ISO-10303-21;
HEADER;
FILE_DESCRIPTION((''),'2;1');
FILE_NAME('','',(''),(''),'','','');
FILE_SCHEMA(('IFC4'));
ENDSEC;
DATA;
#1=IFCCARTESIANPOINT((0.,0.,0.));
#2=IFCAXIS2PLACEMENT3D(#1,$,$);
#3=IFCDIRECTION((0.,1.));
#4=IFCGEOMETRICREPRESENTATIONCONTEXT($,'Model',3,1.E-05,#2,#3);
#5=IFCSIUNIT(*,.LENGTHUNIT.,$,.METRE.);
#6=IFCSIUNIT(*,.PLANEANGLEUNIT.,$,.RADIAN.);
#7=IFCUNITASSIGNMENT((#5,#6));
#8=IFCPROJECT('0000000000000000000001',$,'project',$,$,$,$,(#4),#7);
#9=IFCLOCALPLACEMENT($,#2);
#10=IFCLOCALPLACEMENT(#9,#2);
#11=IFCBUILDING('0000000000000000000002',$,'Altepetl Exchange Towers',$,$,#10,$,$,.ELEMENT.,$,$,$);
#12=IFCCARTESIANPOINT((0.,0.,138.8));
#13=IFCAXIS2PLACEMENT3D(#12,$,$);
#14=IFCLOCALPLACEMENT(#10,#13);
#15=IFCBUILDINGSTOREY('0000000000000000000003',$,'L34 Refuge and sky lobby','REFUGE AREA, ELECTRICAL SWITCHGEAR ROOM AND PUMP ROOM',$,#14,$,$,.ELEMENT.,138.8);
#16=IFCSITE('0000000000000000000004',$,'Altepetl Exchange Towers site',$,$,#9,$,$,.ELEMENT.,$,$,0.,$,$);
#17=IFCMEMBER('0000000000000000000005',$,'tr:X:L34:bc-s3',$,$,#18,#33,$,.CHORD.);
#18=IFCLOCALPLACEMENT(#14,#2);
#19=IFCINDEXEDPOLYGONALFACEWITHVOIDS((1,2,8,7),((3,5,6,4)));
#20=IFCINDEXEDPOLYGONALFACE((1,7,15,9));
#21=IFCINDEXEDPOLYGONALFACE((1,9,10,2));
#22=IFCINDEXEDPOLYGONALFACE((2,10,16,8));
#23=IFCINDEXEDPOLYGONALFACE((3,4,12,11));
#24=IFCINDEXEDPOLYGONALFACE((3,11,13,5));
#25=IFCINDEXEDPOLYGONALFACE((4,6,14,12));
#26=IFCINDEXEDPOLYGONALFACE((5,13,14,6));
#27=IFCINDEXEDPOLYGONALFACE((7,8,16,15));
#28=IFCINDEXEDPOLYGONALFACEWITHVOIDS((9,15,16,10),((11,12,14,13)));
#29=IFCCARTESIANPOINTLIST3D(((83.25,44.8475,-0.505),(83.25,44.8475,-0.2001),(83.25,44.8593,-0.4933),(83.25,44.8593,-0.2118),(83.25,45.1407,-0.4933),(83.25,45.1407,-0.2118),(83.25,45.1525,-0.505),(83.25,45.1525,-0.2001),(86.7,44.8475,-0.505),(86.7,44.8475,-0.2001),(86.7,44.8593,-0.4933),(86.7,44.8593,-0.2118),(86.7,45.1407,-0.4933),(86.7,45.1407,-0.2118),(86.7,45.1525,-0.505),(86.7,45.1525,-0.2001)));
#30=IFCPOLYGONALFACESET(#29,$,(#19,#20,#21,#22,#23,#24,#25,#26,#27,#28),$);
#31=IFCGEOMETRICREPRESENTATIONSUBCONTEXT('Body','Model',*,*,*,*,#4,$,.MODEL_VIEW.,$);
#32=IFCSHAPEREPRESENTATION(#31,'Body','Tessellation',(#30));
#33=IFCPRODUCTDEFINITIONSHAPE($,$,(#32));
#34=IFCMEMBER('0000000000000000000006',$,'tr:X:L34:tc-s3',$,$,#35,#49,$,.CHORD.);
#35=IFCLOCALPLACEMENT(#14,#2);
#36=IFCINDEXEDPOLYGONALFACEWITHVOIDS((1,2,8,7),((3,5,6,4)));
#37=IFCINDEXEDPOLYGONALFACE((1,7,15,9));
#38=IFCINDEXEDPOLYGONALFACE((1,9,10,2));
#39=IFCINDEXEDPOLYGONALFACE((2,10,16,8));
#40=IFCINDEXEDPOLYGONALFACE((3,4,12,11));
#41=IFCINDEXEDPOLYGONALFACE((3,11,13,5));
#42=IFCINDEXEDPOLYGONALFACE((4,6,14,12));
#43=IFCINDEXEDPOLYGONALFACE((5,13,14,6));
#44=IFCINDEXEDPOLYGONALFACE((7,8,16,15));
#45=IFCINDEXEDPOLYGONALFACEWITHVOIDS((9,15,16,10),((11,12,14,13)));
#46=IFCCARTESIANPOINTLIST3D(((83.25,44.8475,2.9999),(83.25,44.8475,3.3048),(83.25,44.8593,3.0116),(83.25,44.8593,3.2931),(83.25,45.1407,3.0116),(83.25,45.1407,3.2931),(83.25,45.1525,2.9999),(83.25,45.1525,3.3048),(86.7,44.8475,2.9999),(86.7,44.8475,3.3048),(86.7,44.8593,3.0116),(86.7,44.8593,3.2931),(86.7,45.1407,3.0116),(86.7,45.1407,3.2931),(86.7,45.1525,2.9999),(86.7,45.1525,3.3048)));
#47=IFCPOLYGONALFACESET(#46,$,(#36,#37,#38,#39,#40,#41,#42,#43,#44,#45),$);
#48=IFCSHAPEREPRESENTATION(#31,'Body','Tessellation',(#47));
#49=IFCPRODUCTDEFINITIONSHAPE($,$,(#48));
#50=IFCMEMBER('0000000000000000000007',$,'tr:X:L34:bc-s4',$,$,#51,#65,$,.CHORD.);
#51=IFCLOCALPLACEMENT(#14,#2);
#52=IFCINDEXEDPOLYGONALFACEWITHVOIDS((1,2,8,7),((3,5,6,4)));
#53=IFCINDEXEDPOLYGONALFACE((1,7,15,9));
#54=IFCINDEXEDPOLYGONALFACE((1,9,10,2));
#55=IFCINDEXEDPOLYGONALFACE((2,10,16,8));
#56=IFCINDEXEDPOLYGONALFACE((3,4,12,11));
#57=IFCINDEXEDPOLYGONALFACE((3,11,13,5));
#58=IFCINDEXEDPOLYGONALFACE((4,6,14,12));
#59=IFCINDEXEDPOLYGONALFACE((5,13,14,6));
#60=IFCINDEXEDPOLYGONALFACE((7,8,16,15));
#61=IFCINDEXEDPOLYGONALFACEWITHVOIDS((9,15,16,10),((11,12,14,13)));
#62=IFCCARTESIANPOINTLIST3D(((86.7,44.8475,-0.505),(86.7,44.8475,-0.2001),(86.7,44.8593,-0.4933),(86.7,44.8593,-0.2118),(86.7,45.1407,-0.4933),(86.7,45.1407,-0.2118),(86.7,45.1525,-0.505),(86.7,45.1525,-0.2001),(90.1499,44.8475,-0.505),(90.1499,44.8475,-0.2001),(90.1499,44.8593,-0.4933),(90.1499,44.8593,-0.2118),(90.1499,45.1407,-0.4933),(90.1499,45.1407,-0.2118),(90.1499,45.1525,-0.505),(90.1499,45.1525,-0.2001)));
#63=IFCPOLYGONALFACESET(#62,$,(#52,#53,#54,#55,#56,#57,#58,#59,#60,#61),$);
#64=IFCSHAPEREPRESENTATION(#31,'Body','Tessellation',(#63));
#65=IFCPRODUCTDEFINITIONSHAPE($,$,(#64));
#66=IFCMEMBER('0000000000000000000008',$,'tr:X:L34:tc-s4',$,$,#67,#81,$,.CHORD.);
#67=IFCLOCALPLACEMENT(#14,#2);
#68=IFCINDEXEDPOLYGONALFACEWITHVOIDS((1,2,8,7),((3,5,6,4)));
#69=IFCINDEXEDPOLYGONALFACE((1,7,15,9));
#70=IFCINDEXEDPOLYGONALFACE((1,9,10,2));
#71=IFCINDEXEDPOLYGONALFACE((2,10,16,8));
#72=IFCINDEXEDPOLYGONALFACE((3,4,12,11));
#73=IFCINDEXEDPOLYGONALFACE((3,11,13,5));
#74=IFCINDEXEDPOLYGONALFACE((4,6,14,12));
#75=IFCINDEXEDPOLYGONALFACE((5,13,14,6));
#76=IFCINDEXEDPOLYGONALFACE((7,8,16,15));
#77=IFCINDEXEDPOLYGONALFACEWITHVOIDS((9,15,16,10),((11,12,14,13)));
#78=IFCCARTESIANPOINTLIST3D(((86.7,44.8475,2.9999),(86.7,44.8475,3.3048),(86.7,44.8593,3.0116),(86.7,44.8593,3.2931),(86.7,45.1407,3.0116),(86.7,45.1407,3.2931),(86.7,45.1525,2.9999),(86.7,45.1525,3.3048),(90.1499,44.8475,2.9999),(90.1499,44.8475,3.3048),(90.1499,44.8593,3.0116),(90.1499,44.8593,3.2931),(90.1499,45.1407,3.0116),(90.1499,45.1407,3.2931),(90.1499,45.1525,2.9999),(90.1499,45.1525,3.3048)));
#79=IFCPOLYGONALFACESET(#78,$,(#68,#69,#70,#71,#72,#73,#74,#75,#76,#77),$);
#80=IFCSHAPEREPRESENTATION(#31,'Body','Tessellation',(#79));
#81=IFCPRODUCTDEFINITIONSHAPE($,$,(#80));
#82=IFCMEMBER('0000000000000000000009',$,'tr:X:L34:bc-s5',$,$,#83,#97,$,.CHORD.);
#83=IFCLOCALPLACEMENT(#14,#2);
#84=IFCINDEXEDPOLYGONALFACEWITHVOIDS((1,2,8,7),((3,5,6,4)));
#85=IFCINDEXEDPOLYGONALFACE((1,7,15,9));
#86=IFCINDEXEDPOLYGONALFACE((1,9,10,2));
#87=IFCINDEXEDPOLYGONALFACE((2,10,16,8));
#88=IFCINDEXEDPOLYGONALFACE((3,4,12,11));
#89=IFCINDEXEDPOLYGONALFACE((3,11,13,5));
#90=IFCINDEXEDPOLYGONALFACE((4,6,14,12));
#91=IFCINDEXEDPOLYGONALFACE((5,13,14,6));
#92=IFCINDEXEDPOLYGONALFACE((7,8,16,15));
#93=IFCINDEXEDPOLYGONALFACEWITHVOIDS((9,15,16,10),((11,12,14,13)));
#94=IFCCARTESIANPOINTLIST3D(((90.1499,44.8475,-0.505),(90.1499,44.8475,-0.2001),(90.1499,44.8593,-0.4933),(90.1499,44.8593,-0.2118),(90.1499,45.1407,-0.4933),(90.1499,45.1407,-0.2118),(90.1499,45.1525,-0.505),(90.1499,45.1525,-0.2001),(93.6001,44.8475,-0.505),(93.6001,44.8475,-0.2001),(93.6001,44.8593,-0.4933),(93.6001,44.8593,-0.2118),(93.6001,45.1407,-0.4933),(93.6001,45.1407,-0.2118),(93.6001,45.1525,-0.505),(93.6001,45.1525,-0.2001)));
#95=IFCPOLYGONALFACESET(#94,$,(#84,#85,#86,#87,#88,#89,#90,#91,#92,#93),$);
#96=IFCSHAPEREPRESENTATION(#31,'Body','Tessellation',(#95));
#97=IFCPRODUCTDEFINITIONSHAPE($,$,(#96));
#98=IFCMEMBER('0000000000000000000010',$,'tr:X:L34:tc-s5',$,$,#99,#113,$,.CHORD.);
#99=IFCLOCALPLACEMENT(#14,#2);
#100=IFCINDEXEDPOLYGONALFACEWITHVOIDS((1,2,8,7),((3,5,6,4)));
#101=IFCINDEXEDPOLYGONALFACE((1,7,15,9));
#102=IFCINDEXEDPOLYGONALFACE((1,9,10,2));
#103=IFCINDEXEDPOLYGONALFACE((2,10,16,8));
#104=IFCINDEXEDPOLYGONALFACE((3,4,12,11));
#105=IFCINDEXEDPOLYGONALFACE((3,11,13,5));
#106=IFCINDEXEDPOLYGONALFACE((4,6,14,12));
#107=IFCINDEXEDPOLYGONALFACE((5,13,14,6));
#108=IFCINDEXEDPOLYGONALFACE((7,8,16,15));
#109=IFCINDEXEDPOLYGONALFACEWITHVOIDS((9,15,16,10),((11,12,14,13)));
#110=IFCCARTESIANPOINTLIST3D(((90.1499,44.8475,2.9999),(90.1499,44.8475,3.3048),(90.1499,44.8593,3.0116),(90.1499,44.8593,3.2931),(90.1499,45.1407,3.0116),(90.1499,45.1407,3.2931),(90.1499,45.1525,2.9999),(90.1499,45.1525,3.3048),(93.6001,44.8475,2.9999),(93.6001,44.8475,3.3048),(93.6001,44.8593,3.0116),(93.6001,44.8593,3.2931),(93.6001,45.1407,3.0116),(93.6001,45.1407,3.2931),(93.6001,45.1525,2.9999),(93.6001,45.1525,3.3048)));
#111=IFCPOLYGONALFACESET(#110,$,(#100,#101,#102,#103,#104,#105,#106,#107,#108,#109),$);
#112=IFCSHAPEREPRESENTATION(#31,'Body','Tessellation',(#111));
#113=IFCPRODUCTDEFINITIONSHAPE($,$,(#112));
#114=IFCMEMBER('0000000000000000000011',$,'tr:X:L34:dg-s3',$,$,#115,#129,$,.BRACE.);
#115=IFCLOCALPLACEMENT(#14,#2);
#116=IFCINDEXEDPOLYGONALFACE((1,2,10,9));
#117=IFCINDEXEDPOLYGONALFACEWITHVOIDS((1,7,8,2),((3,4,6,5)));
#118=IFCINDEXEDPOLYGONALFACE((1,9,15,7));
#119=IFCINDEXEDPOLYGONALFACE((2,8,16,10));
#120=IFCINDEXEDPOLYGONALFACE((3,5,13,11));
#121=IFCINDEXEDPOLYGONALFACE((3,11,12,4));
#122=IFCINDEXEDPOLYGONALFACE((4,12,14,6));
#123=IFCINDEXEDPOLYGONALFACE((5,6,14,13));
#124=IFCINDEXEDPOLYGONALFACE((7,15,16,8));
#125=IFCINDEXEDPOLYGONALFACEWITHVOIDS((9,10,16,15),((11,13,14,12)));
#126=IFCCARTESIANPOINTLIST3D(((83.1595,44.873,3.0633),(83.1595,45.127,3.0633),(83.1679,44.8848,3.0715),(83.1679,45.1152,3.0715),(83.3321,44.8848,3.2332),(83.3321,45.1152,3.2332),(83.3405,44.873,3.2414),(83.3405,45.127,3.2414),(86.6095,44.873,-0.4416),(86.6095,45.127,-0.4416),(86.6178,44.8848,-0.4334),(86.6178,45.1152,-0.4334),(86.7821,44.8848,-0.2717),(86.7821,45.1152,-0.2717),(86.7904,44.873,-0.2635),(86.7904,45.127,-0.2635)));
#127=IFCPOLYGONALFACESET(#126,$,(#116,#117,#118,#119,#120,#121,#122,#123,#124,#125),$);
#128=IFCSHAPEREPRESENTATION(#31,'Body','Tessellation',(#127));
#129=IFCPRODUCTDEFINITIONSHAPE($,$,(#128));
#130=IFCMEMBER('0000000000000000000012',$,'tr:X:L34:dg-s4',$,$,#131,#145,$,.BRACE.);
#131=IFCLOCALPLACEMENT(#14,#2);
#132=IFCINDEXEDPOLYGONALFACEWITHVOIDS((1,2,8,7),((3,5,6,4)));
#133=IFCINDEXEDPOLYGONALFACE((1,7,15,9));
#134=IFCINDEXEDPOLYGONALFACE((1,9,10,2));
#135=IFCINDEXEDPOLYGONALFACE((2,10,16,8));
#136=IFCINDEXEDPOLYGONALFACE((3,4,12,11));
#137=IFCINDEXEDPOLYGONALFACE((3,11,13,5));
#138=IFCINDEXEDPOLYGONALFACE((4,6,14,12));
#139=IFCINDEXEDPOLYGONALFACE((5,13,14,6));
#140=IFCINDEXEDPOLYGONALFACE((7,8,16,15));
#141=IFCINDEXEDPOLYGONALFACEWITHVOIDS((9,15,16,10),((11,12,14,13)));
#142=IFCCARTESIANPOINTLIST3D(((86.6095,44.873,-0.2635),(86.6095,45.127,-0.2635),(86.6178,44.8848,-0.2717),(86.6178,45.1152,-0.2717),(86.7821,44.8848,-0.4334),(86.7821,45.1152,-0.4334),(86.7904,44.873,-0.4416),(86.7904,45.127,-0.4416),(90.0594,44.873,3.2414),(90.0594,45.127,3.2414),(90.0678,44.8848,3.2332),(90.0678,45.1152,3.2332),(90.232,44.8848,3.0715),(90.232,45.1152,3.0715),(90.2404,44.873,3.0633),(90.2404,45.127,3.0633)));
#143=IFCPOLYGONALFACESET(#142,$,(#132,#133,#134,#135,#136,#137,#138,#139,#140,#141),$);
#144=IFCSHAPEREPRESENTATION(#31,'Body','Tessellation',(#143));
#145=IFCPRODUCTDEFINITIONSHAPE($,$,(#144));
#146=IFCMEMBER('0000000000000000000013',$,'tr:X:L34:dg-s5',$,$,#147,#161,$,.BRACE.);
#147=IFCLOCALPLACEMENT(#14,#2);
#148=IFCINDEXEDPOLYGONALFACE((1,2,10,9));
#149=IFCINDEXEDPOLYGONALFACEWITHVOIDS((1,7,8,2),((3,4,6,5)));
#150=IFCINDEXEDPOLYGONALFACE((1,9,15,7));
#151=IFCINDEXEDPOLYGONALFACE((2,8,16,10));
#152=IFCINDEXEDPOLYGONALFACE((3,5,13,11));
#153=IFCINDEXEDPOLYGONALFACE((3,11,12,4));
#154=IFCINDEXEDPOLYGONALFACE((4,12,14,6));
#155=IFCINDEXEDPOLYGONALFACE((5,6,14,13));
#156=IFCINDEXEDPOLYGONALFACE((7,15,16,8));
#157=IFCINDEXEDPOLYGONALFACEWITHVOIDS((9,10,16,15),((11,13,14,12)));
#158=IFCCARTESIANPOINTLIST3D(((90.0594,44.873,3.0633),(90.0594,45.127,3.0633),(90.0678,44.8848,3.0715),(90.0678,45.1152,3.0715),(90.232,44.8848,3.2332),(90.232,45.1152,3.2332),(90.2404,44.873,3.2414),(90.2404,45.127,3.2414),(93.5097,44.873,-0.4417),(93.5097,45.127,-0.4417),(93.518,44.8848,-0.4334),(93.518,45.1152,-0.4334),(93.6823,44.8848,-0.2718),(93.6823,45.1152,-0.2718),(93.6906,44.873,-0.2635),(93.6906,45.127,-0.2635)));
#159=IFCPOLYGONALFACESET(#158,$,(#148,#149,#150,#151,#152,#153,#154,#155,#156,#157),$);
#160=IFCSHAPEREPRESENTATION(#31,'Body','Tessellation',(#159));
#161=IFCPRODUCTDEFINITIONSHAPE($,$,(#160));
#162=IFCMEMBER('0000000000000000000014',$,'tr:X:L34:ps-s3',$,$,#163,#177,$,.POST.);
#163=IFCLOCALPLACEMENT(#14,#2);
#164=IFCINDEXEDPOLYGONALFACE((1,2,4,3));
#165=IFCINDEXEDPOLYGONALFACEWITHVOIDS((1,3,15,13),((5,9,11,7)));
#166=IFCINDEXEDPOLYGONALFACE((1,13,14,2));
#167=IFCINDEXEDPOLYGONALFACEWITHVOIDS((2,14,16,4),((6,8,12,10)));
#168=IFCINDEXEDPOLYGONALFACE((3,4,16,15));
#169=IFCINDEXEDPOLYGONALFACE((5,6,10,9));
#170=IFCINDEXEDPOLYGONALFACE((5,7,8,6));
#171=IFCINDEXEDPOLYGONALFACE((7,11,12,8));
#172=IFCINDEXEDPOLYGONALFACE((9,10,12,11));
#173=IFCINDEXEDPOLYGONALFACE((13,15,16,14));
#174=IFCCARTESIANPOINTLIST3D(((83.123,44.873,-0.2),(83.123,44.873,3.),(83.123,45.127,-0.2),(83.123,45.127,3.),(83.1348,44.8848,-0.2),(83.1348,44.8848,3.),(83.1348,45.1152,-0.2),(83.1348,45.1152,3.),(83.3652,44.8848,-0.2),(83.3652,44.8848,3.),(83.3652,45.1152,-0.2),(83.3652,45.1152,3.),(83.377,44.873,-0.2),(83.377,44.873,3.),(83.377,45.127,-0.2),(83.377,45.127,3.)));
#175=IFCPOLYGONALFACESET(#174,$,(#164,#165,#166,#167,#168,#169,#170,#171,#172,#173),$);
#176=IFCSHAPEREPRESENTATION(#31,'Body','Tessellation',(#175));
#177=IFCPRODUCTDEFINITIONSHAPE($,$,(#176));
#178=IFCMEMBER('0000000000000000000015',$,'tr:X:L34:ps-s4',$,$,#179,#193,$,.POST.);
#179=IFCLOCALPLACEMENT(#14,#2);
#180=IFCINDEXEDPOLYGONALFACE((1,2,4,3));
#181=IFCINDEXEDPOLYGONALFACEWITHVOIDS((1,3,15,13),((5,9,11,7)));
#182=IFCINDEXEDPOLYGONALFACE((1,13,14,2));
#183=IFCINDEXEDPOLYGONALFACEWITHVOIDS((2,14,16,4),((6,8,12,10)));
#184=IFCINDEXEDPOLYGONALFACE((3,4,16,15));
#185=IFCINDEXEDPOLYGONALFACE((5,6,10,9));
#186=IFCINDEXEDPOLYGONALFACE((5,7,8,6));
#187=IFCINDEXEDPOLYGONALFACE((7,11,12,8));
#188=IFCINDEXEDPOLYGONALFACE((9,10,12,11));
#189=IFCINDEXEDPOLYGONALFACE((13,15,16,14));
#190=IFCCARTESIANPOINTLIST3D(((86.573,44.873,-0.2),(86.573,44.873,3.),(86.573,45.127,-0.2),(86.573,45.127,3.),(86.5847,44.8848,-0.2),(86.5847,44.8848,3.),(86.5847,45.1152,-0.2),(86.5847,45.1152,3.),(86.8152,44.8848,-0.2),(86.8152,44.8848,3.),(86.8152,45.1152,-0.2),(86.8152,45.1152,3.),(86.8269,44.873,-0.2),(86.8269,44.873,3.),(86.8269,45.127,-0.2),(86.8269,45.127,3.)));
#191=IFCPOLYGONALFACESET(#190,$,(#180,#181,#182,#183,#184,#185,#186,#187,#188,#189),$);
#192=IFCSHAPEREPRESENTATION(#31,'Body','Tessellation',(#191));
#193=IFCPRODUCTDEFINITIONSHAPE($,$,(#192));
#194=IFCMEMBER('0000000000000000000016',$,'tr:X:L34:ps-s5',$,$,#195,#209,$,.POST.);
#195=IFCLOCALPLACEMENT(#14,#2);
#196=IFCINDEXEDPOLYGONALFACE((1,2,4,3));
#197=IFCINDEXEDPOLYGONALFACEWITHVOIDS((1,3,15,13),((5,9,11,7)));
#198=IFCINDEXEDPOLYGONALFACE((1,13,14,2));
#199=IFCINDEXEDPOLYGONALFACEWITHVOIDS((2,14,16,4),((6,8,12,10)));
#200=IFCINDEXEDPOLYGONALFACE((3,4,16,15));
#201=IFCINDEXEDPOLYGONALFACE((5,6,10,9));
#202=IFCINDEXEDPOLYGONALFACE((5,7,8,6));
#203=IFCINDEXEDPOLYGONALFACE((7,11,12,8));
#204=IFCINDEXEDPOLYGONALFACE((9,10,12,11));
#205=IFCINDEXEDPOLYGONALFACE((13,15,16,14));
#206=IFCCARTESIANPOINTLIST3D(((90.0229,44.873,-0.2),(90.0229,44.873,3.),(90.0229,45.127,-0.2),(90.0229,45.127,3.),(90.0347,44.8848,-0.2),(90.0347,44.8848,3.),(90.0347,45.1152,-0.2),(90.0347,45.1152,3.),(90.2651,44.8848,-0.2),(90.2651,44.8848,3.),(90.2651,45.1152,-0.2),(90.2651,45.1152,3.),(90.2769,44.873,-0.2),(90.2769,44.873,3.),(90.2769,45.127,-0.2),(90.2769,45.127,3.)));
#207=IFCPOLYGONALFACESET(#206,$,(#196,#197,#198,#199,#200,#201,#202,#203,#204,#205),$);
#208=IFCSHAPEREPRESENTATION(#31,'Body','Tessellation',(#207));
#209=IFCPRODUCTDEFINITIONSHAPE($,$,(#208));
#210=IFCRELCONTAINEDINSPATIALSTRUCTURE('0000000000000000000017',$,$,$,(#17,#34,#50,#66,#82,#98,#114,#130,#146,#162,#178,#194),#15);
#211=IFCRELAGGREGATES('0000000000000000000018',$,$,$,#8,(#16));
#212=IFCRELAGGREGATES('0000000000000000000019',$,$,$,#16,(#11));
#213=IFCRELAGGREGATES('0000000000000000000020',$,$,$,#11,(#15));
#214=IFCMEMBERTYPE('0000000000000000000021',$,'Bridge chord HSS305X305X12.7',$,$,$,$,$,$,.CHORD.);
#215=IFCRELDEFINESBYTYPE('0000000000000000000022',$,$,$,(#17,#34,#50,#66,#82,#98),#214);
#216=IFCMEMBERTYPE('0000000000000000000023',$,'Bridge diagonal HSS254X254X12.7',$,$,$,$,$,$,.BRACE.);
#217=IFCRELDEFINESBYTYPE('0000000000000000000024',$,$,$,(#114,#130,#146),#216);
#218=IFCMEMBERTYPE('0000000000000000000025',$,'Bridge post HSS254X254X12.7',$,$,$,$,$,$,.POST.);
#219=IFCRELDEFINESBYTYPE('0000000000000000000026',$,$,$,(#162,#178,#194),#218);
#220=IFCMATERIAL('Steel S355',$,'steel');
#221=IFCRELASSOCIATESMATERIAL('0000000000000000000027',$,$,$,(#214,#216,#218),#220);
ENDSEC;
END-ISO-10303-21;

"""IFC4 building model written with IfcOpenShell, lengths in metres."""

from ifc_helpers import new_model, si_unit, direction, frame, origin, origin_2d, place, context, subcontext, project, spatial, hollow_rectangle, extrude, material, material_profile, profile_set, type_object, element, save


model = new_model("IFC4")

# Units and contexts
model_context = context("Model", 3, precision=1e-05, world=origin(), true_north=direction((0.0, 1.0)))
body_context = subcontext(model_context, "Body", "Model", "MODEL_VIEW")
ifc_project = project(units=[si_unit("LENGTHUNIT", "METRE"), si_unit("PLANEANGLEUNIT", "RADIAN")], contexts=[model_context])

# Site, building, storey
site_placement = place(None, origin())
site = spatial("IfcSite", under=ifc_project, at=site_placement, Name="Altepetl Exchange Towers site", CompositionType="ELEMENT", RefElevation=0.0)
building_placement = place(site_placement, origin())
building = spatial("IfcBuilding", under=site, at=building_placement, Name="Altepetl Exchange Towers", CompositionType="ELEMENT")
storey_placement = place(building_placement, frame((0.0, 0.0, 138.8)))
storey = spatial("IfcBuildingStorey", under=building, at=storey_placement, Name="L34 Refuge and sky lobby", Description="REFUGE AREA, ELECTRICAL SWITCHGEAR ROOM AND PUMP ROOM", CompositionType="ELEMENT", Elevation=138.8)

# Members
ifc_material_1 = material(Name="Steel S355", Category="steel")
ifc_material_profile_1 = material_profile(ifc_material_1, hollow_rectangle(XDim=0.3049, YDim=0.3049, WallThickness=0.0117, at=origin_2d()), Name="HSS305X305X12.7")
ifc_profile_set_1 = profile_set([ifc_material_profile_1], Name="Steel S355")
member_type_1 = type_object("IfcMemberType", Name="Bridge chord HSS305X305X12.7", PredefinedType="CHORD", material=ifc_profile_set_1)
for number, where, z_axis, x_axis, name in (
    (1, (83.25, 45.0, -0.3525), (1.0, 0.0, 0.0), (0.0, 1.0, 0.0), "tr:X:L34:bc-s3"),
    (2, (83.25, 45.0, 3.1523), (1.0, 0.0, 0.0), (0.0, 1.0, 0.0), "tr:X:L34:tc-s3"),
    (3, (86.7, 45.0, -0.3525), (1.0, 0.0, 0.0), (0.0, 1.0, 0.0), "tr:X:L34:bc-s4"),
    (4, (86.7, 45.0, 3.1523), (1.0, 0.0, 0.0), (0.0, 1.0, 0.0), "tr:X:L34:tc-s4"),
):
    element("IfcMember", number, at=place(storey_placement, frame(where, z_axis=z_axis, x_axis=x_axis)), inside=storey, type_object=member_type_1, Name=name, PredefinedType="CHORD", context=body_context, shape_type="SweptSolid", body=[
        extrude(hollow_rectangle(XDim=0.3049, YDim=0.3049, WallThickness=0.0117, at=origin_2d()), origin(), (0.0, 0.0, 1.0), 3.45),
    ])
for number, where, z_axis, x_axis, name in (
    (5, (90.1499, 45.0, -0.3525), (1.0, 0.0, 0.0), (0.0, 1.0, 0.0), "tr:X:L34:bc-s5"),
    (6, (90.1499, 45.0, 3.1523), (1.0, 0.0, 0.0), (0.0, 1.0, 0.0), "tr:X:L34:tc-s5"),
):
    element("IfcMember", number, at=place(storey_placement, frame(where, z_axis=z_axis, x_axis=x_axis)), inside=storey, type_object=member_type_1, Name=name, PredefinedType="CHORD", context=body_context, shape_type="SweptSolid", body=[
        extrude(hollow_rectangle(XDim=0.3049, YDim=0.3049, WallThickness=0.0117, at=origin_2d()), origin(), (0.0, 0.0, 1.0), 3.4502),
    ])
ifc_material_profile_2 = material_profile(ifc_material_1, hollow_rectangle(XDim=0.2539, YDim=0.2539, WallThickness=0.0117, at=origin_2d()), Name="HSS254X254X12.7")
ifc_profile_set_2 = profile_set([ifc_material_profile_2], Name="Steel S355")
member_type_2 = type_object("IfcMemberType", Name="Bridge diagonal HSS254X254X12.7", PredefinedType="BRACE", material=ifc_profile_set_2)
for number, where, z_axis, x_axis, name in (
    (7, (83.25, 45.0, 3.1523), (0.7015, 0.0, -0.71267), (0.0, 1.0, 0.0), "tr:X:L34:dg-s3"),
    (8, (86.7, 45.0, -0.3525), (0.7015, 0.0, 0.71267), (0.0, 1.0, 0.0), "tr:X:L34:dg-s4"),
):
    element("IfcMember", number, at=place(storey_placement, frame(where, z_axis=z_axis, x_axis=x_axis)), inside=storey, type_object=member_type_2, Name=name, PredefinedType="BRACE", context=body_context, shape_type="SweptSolid", body=[
        extrude(hollow_rectangle(XDim=0.2539, YDim=0.2539, WallThickness=0.0117, at=origin_2d()), origin(), (0.0, 0.0, 1.0), 4.918),
    ])
member_1_placement = place(storey_placement, frame((90.1499, 45.0, 3.1523), z_axis=(0.701525, 0.0, -0.712645), x_axis=(0.0, 1.0, 0.0)))
element("IfcMember", 9, at=member_1_placement, inside=storey, type_object=member_type_2, Name="tr:X:L34:dg-s5", PredefinedType="BRACE", context=body_context, shape_type="SweptSolid", body=[
    extrude(hollow_rectangle(XDim=0.2539, YDim=0.2539, WallThickness=0.0117, at=origin_2d()), origin(), (0.0, 0.0, 1.0), 4.9182),
])
ifc_material_profile_3 = material_profile(ifc_material_1, hollow_rectangle(XDim=0.2539, YDim=0.2539, WallThickness=0.0117, at=origin_2d()), Name="HSS254X254X12.7")
ifc_profile_set_3 = profile_set([ifc_material_profile_3], Name="Steel S355")
member_type_3 = type_object("IfcMemberType", Name="Bridge post HSS254X254X12.7", PredefinedType="POST", material=ifc_profile_set_3)
for number, where, name in (
    (10, (83.25, 45.0, -0.2), "tr:X:L34:ps-s3"),
    (11, (86.7, 45.0, -0.2), "tr:X:L34:ps-s4"),
    (12, (90.1499, 45.0, -0.2), "tr:X:L34:ps-s5"),
):
    element("IfcMember", number, at=place(storey_placement, frame(where)), inside=storey, type_object=member_type_3, Name=name, PredefinedType="POST", context=body_context, shape_type="SweptSolid", body=[
        extrude(hollow_rectangle(XDim=0.2539, YDim=0.2539, WallThickness=0.0117, at=origin_2d()), origin(), (0.0, 0.0, 1.0), 3.2),
    ])

save(model, "model.ifc")
